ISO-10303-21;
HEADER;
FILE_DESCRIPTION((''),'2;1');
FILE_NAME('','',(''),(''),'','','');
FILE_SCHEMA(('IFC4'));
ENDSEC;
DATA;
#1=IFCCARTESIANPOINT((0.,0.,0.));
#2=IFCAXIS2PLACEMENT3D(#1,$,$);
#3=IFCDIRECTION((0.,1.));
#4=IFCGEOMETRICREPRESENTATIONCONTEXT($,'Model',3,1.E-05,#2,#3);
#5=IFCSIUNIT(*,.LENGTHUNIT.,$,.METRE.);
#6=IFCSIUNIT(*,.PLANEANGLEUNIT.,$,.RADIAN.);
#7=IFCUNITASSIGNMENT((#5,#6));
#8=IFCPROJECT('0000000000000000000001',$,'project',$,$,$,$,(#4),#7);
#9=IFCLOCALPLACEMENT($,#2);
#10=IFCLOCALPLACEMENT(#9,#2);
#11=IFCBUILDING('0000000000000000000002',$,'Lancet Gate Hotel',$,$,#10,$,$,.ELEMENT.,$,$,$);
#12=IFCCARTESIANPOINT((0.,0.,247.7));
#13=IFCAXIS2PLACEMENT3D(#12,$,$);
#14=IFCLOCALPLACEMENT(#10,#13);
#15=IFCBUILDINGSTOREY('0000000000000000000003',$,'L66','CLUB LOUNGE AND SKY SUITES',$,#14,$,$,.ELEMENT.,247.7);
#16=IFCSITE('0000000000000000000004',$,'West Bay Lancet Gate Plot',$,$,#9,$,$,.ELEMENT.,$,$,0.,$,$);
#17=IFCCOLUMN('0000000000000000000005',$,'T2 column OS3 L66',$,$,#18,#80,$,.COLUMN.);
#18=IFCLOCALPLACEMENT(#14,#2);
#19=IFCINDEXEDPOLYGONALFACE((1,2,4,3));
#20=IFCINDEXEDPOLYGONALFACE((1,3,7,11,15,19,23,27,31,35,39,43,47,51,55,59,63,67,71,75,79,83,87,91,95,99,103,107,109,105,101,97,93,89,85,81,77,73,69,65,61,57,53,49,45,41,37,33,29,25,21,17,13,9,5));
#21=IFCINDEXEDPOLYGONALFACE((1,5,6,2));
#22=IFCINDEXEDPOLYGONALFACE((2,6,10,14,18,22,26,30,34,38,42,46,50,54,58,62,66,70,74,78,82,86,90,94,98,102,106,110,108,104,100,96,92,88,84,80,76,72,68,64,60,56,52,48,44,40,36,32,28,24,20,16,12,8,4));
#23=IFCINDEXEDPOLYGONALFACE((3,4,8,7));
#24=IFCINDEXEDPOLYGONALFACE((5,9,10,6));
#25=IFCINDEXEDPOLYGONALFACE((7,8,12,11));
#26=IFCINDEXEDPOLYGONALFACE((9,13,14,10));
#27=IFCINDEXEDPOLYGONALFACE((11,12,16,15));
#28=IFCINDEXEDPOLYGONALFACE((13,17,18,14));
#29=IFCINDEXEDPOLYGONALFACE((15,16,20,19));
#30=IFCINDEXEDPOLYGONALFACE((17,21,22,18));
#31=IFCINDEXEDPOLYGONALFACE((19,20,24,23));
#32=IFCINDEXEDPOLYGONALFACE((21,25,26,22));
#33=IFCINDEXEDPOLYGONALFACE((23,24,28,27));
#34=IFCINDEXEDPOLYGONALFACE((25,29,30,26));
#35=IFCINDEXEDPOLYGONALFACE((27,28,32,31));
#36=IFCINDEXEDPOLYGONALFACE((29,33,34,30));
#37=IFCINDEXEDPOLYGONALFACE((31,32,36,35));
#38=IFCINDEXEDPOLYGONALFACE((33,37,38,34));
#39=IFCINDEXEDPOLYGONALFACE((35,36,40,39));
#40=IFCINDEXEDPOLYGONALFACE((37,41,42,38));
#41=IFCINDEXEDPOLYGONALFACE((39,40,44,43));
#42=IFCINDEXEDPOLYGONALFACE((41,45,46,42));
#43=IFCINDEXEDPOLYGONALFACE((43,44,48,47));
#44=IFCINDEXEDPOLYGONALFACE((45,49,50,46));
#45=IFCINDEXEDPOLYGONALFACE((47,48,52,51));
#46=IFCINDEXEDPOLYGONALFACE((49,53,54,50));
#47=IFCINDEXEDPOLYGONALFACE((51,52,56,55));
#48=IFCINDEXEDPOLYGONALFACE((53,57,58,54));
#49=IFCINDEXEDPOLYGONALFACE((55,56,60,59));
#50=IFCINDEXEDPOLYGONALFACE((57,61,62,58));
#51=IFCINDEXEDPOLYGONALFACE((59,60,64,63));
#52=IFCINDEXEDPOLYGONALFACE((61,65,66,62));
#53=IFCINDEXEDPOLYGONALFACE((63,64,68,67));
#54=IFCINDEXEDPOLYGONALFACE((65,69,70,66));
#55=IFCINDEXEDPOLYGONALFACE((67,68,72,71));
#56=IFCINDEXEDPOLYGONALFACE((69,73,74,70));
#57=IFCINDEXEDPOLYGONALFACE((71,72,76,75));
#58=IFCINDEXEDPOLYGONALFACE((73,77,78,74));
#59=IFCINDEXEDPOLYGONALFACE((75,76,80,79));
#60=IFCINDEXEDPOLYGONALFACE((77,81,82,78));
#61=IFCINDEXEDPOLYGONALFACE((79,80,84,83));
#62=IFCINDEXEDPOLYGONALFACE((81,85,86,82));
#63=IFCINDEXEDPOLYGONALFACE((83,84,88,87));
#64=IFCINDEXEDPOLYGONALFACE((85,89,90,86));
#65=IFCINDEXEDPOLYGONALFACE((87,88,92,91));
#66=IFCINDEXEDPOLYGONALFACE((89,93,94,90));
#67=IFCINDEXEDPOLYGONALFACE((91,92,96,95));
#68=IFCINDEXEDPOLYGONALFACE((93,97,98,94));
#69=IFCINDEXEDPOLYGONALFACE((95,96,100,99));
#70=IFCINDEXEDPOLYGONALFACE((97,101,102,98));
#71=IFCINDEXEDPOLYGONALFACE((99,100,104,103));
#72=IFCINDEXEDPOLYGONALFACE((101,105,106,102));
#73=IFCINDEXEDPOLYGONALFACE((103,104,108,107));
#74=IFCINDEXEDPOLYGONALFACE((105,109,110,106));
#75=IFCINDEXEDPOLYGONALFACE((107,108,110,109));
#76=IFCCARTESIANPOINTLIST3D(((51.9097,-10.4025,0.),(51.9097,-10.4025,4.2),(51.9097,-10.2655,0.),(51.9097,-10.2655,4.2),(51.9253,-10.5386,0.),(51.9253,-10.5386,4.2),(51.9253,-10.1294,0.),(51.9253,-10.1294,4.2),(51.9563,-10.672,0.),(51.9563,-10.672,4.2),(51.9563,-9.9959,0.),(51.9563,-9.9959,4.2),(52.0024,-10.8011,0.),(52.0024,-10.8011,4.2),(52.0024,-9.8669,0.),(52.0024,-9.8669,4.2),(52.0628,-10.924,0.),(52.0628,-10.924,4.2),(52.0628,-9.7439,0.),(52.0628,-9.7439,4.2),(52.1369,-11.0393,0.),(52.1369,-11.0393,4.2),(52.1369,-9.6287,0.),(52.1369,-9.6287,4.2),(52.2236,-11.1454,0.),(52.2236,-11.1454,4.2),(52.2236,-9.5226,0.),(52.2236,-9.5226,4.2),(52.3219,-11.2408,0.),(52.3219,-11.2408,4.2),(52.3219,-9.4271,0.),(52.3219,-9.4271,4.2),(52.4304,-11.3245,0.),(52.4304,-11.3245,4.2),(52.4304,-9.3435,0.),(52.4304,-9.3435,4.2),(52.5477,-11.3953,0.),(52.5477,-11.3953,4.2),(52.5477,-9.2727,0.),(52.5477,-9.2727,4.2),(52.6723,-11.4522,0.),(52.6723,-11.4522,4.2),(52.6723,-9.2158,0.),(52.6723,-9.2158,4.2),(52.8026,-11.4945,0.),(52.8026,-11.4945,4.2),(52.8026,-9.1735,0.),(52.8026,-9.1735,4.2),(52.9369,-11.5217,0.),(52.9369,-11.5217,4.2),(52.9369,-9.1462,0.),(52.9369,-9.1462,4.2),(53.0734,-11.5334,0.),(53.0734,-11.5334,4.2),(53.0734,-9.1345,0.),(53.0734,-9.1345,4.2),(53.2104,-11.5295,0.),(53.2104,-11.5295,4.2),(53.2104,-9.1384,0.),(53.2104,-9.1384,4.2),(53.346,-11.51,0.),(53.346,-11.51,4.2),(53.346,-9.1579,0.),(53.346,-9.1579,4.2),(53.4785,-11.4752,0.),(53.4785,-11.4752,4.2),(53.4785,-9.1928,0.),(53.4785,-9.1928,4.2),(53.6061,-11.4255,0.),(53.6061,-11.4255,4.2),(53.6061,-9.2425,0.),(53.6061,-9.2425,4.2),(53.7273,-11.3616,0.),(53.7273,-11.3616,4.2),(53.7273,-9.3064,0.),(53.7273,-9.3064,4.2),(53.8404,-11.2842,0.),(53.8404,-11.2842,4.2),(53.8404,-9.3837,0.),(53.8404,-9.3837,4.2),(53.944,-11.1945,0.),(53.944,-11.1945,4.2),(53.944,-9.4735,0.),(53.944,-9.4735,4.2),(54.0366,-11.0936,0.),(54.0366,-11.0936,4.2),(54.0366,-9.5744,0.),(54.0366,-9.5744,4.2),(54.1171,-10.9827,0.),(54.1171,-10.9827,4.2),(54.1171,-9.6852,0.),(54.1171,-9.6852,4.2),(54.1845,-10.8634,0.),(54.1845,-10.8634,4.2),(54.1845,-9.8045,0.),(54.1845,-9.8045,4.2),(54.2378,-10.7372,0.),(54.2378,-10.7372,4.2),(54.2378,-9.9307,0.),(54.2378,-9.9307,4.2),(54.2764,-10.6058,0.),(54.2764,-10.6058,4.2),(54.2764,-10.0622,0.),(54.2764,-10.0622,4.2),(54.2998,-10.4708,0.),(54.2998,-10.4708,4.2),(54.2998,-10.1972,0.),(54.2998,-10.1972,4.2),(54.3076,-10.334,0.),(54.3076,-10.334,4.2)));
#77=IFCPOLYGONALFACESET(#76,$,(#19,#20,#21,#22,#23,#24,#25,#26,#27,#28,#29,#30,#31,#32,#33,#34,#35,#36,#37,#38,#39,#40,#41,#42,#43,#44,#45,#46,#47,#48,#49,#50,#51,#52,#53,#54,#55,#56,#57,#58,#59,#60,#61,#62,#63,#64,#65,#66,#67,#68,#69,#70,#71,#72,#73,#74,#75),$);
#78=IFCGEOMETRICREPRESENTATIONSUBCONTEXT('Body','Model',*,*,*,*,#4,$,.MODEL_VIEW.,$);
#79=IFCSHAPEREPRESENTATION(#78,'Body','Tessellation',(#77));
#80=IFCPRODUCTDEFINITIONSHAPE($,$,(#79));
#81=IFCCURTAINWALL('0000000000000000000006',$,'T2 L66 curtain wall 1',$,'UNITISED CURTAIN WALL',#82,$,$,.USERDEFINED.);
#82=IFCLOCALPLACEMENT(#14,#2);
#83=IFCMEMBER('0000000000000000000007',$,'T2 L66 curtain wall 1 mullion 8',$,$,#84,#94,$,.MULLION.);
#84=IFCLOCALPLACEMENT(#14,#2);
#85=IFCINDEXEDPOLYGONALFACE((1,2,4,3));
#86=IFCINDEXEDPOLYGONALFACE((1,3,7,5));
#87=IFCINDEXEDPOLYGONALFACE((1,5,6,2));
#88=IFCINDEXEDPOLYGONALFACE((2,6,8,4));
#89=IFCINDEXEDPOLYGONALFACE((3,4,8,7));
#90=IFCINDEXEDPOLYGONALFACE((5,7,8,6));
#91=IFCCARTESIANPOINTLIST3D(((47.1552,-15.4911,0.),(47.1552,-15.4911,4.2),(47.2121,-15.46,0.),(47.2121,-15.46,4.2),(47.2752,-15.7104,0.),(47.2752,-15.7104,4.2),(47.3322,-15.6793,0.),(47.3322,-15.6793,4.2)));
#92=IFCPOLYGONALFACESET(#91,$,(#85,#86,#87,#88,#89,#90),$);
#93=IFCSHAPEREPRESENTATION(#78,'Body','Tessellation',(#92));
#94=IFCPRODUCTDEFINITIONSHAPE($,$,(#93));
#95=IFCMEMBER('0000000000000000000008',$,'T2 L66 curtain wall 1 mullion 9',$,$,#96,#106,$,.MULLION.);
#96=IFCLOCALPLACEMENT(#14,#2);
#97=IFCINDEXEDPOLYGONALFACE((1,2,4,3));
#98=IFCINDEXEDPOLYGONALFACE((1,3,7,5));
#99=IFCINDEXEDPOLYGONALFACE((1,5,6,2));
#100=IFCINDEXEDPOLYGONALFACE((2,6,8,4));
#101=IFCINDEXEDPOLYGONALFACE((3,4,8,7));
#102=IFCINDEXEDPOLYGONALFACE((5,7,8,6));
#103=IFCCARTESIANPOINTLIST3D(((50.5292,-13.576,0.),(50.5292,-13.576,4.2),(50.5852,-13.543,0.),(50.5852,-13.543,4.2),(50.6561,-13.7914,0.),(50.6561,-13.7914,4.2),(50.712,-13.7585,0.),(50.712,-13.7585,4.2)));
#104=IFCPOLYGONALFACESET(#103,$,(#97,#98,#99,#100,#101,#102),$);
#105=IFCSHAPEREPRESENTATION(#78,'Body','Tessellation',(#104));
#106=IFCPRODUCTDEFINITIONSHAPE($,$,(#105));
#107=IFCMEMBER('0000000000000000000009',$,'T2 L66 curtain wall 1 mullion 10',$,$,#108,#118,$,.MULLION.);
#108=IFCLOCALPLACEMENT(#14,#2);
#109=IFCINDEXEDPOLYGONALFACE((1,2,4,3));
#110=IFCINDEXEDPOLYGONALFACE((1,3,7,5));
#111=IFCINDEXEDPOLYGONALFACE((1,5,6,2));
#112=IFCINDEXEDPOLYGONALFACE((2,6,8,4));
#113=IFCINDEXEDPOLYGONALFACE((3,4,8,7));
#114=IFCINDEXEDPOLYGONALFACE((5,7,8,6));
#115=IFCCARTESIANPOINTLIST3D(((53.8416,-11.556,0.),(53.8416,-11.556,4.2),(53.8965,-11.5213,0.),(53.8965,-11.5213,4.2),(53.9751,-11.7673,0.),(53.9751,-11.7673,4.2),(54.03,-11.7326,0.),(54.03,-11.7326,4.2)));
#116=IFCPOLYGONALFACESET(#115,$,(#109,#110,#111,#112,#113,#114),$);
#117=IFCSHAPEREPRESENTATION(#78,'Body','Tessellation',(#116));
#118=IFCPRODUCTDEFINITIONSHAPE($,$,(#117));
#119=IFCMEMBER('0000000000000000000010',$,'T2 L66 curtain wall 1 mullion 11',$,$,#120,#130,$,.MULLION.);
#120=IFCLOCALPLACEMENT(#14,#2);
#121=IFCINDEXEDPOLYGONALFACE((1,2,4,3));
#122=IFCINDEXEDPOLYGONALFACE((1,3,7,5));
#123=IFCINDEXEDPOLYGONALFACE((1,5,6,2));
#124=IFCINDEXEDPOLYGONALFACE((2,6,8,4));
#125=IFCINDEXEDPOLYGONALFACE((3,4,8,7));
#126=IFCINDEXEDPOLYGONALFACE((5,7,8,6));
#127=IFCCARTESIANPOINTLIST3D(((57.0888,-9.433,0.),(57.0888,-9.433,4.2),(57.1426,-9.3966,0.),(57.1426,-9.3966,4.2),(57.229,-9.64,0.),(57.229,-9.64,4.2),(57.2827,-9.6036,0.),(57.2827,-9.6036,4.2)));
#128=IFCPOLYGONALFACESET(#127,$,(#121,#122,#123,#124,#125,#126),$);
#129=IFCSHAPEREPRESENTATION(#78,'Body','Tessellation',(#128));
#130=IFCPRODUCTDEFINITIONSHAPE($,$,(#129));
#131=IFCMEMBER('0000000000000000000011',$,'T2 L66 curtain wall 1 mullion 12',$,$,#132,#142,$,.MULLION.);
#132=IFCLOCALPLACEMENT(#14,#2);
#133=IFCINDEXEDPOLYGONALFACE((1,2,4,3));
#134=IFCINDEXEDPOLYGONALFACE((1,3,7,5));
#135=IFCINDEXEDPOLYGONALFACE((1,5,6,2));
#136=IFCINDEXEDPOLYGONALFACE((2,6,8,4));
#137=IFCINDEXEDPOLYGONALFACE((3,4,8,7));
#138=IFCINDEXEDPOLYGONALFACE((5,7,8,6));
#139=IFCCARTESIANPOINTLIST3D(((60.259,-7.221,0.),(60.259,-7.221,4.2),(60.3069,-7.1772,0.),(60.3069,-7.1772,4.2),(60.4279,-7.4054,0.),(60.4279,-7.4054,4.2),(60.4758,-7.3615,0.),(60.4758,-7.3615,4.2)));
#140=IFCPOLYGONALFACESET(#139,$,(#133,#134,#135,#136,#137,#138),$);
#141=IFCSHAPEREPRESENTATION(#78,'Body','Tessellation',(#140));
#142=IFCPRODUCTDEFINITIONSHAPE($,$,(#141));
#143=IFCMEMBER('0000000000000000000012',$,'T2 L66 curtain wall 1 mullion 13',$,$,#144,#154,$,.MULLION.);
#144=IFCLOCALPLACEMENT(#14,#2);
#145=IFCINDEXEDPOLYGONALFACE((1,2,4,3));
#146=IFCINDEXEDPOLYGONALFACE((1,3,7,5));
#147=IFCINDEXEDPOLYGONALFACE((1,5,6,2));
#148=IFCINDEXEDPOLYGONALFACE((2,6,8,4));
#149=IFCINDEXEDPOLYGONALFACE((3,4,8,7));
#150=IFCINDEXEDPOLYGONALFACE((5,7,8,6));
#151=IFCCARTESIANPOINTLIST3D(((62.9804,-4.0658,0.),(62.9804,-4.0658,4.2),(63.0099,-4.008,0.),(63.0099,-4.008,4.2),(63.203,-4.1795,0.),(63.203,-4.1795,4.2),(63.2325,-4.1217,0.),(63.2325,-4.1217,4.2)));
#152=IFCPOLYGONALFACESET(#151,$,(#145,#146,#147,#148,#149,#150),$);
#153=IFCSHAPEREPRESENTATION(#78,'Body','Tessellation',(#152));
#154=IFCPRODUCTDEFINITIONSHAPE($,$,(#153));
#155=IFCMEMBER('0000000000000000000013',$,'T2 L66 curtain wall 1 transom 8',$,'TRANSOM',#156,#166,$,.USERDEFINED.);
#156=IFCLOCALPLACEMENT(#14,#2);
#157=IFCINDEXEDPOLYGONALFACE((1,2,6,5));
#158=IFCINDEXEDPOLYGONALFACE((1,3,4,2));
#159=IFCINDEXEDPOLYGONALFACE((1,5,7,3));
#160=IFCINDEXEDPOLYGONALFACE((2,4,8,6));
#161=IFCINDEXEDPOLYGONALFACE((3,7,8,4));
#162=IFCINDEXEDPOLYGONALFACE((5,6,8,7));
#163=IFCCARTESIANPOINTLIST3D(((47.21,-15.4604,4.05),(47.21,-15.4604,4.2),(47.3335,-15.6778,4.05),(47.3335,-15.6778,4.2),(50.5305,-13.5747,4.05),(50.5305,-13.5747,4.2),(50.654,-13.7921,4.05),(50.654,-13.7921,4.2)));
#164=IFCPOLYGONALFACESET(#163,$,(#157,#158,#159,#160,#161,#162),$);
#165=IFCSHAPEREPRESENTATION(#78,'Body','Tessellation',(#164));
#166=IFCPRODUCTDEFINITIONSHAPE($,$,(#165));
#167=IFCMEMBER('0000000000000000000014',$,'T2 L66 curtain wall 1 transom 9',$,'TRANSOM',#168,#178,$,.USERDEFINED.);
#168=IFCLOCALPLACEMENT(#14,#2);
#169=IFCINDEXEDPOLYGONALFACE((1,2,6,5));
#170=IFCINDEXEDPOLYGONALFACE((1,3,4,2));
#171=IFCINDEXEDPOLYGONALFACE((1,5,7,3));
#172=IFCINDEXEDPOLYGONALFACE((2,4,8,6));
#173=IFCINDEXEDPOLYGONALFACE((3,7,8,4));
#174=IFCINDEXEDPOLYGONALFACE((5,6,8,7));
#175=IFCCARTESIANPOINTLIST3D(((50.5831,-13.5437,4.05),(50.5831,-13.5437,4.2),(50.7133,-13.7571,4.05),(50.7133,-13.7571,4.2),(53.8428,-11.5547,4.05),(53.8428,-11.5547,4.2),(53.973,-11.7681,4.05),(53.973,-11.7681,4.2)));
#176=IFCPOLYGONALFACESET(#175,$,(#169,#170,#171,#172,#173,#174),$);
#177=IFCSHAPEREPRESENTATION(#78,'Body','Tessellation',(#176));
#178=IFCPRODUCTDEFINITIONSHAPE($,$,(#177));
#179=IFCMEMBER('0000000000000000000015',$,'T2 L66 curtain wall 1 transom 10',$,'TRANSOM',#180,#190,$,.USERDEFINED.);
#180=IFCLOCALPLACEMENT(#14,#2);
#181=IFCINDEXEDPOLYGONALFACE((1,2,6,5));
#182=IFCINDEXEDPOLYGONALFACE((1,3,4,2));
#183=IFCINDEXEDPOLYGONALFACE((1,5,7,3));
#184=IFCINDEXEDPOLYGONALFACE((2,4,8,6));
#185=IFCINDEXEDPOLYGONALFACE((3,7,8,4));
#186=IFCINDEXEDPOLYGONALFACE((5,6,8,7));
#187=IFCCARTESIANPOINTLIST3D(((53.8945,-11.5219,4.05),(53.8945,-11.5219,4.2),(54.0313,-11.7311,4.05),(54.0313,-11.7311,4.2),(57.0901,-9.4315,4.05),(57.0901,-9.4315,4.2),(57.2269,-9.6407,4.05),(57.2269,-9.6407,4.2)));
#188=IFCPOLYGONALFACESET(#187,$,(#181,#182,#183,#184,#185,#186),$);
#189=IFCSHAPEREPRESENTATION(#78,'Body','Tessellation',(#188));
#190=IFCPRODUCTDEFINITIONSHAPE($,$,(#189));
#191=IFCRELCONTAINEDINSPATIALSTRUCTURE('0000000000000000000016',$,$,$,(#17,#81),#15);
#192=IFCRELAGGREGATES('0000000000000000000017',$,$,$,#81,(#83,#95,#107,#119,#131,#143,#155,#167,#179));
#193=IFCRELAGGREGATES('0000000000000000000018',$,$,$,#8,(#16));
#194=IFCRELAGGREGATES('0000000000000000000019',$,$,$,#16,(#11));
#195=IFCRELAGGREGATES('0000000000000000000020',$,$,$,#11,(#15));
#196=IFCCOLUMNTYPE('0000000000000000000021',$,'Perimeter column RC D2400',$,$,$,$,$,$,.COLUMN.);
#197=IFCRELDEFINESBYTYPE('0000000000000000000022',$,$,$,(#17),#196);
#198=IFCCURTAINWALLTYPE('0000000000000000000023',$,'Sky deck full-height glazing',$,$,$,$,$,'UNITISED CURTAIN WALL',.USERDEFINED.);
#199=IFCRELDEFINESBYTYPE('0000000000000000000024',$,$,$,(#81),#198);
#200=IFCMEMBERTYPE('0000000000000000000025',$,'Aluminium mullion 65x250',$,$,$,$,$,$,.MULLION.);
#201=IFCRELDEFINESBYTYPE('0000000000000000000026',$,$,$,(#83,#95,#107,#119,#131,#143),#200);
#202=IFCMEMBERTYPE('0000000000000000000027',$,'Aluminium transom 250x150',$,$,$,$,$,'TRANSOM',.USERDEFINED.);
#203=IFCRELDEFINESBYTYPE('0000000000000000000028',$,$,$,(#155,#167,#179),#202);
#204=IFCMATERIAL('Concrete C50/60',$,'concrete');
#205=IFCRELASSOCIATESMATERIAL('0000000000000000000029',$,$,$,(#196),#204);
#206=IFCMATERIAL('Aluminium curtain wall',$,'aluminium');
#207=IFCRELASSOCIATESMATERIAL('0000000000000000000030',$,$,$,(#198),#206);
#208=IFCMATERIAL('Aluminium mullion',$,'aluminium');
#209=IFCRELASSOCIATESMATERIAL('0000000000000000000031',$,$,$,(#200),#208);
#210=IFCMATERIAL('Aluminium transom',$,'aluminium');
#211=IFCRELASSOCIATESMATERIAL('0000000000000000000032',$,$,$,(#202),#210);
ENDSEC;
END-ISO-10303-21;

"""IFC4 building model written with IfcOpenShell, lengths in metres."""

from ifc_helpers import new_model, si_unit, direction, frame, origin, origin_2d, place, context, subcontext, project, spatial, rectangle, circle, extrude, material, material_profile, profile_set, type_object, element, aggregate, save


model = new_model("IFC4")

# Units and contexts
model_context = context("Model", 3, precision=1e-05, world=origin(), true_north=direction((0.0, 1.0)))
body_context = subcontext(model_context, "Body", "Model", "MODEL_VIEW")
ifc_project = project(units=[si_unit("LENGTHUNIT", "METRE"), si_unit("PLANEANGLEUNIT", "RADIAN")], contexts=[model_context])

# Site, building, storey
site_placement = place(None, origin())
site = spatial("IfcSite", under=ifc_project, at=site_placement, Name="West Bay Lancet Gate Plot", CompositionType="ELEMENT", RefElevation=0.0)
building_placement = place(site_placement, origin())
building = spatial("IfcBuilding", under=site, at=building_placement, Name="Lancet Gate Hotel", CompositionType="ELEMENT")
storey_placement = place(building_placement, frame((0.0, 0.0, 247.7)))
storey = spatial("IfcBuildingStorey", under=building, at=storey_placement, Name="L66", Description="CLUB LOUNGE AND SKY SUITES", CompositionType="ELEMENT", Elevation=247.7)

# Column
ifc_material_1 = material(Name="Concrete C50/60", Category="concrete")
ifc_material_profile_1 = material_profile(ifc_material_1, circle(Radius=1.2, at=origin_2d()), Name="RC D2400")
ifc_profile_set_1 = profile_set([ifc_material_profile_1], Name="Concrete C50/60")
column_type = type_object("IfcColumnType", Name="Perimeter column RC D2400", PredefinedType="COLUMN", material=ifc_profile_set_1)
for number, where, z_axis, x_axis, name in (
    (1, (53.1077, -10.334, 0.0), (0.0, 0.0, 1.0), (1.0, 0.0, 0.0), "T2 column OS3 L66"),
):
    element("IfcColumn", number, at=place(storey_placement, frame(where, z_axis=z_axis, x_axis=x_axis)), inside=storey, type_object=column_type, Name=name, PredefinedType="COLUMN", context=body_context, shape_type="SweptSolid", body=[
        extrude(circle(Radius=1.2, at=origin_2d()), origin(), (0.0, 0.0, 1.0), 4.2),
    ])

# Curtain wall, members
ifc_material_2 = material(Name="Aluminium curtain wall", Category="aluminium")
curtain_wall_type = type_object("IfcCurtainWallType", Name="Sky deck full-height glazing", ElementType="UNITISED CURTAIN WALL", PredefinedType="USERDEFINED", material=ifc_material_2)
curtain_wall_placement = place(storey_placement, origin())
curtain_wall = element("IfcCurtainWall", 2, at=curtain_wall_placement, inside=storey, type_object=curtain_wall_type, Name="T2 L66 curtain wall 1", ObjectType="UNITISED CURTAIN WALL", PredefinedType="USERDEFINED")
ifc_material_3 = material(Name="Aluminium mullion", Category="aluminium")
ifc_material_profile_2 = material_profile(ifc_material_3, rectangle(XDim=0.0649, YDim=0.25, at=origin_2d()), Name="MULLION 65x250")
ifc_profile_set_2 = profile_set([ifc_material_profile_2], Name="Aluminium mullion")
member_type_1 = type_object("IfcMemberType", Name="Aluminium mullion 65x250", PredefinedType="MULLION", material=ifc_profile_set_2)
member_1_placement = place(storey_placement, frame((47.2437, -15.5852, 0.0), z_axis=(0.0, 0.0, 1.0), x_axis=(0.877195, 0.480135, 0.0)))
member_1 = element("IfcMember", 3, at=member_1_placement, type_object=member_type_1, Name="T2 L66 curtain wall 1 mullion 8", PredefinedType="MULLION", context=body_context, shape_type="SweptSolid", body=[
    extrude(rectangle(XDim=0.0649, YDim=0.25, at=origin_2d()), origin(), (0.0, 0.0, 1.0), 4.2),
])
member_2_placement = place(storey_placement, frame((50.6206, -13.6672, 0.0), z_axis=(0.0, 0.0, 1.0), x_axis=(0.861692, 0.507432, 0.0)))
member_2 = element("IfcMember", 4, at=member_2_placement, type_object=member_type_1, Name="T2 L66 curtain wall 1 mullion 9", PredefinedType="MULLION", context=body_context, shape_type="SweptSolid", body=[
    extrude(rectangle(XDim=0.0649, YDim=0.25, at=origin_2d()), origin(), (0.0, 0.0, 1.0), 4.2),
])
member_3_placement = place(storey_placement, frame((53.9358, -11.6443, 0.0), z_axis=(0.0, 0.0, 1.0), x_axis=(0.84534, 0.534229, 0.0)))
member_3 = element("IfcMember", 5, at=member_3_placement, type_object=member_type_1, Name="T2 L66 curtain wall 1 mullion 10", PredefinedType="MULLION", context=body_context, shape_type="SweptSolid", body=[
    extrude(rectangle(XDim=0.0649, YDim=0.25, at=origin_2d()), origin(), (0.0, 0.0, 1.0), 4.2),
])
member_4_placement = place(storey_placement, frame((57.1858, -9.5183, 0.0), z_axis=(0.0, 0.0, 1.0), x_axis=(0.828155, 0.5605, 0.0)))
member_4 = element("IfcMember", 6, at=member_4_placement, type_object=member_type_1, Name="T2 L66 curtain wall 1 mullion 11", PredefinedType="MULLION", context=body_context, shape_type="SweptSolid", body=[
    extrude(rectangle(XDim=0.0649, YDim=0.25, at=origin_2d()), origin(), (0.0, 0.0, 1.0), 4.2),
])
member_5_placement = place(storey_placement, frame((60.3674, -7.2913, 0.0), z_axis=(0.0, 0.0, 1.0), x_axis=(0.737323, 0.67554, 0.0)))
member_5 = element("IfcMember", 7, at=member_5_placement, type_object=member_type_1, Name="T2 L66 curtain wall 1 mullion 12", PredefinedType="MULLION", context=body_context, shape_type="SweptSolid", body=[
    extrude(rectangle(XDim=0.0649, YDim=0.25, at=origin_2d()), origin(), (0.0, 0.0, 1.0), 4.2),
])
member_6_placement = place(storey_placement, frame((63.1064, -4.0938, 0.0), z_axis=(0.0, 0.0, 1.0), x_axis=(0.454853, 0.890567, 0.0)))
member_6 = element("IfcMember", 8, at=member_6_placement, type_object=member_type_1, Name="T2 L66 curtain wall 1 mullion 13", PredefinedType="MULLION", context=body_context, shape_type="SweptSolid", body=[
    extrude(rectangle(XDim=0.0649, YDim=0.25, at=origin_2d()), origin(), (0.0, 0.0, 1.0), 4.2),
])
ifc_material_4 = material(Name="Aluminium transom", Category="aluminium")
ifc_material_profile_3 = material_profile(ifc_material_4, rectangle(XDim=0.25, YDim=0.1499, at=origin_2d()), Name="TRANSOM 250x150")
ifc_profile_set_3 = profile_set([ifc_material_profile_3], Name="Aluminium transom")
member_type_2 = type_object("IfcMemberType", Name="Aluminium transom 250x150", ElementType="TRANSOM", PredefinedType="USERDEFINED", material=ifc_profile_set_3)
member_7_placement = place(storey_placement, frame((47.2717, -15.5691, 4.125), z_axis=(0.869562, 0.493824, 0.0), x_axis=(-0.493824, 0.869562, 0.0)))
member_7 = element("IfcMember", 9, at=member_7_placement, type_object=member_type_2, Name="T2 L66 curtain wall 1 transom 8", ObjectType="TRANSOM", PredefinedType="USERDEFINED", context=body_context, shape_type="SweptSolid", body=[
    extrude(rectangle(XDim=0.25, YDim=0.1499, at=origin_2d()), origin(), (0.0, 0.0, 1.0), 3.8186),
])
member_8_placement = place(storey_placement, frame((50.6482, -13.6504, 4.125), z_axis=(0.853639, 0.520865, 0.0), x_axis=(-0.520865, 0.853639, 0.0)))
member_8 = element("IfcMember", 10, at=member_8_placement, type_object=member_type_2, Name="T2 L66 curtain wall 1 transom 9", ObjectType="TRANSOM", PredefinedType="USERDEFINED", context=body_context, shape_type="SweptSolid", body=[
    extrude(rectangle(XDim=0.25, YDim=0.1499, at=origin_2d()), origin(), (0.0, 0.0, 1.0), 3.8186),
])
member_9_placement = place(storey_placement, frame((53.9629, -11.6265, 4.125), z_axis=(0.836858, 0.54742, 0.0), x_axis=(-0.54742, 0.836858, 0.0)))
member_9 = element("IfcMember", 11, at=member_9_placement, type_object=member_type_2, Name="T2 L66 curtain wall 1 transom 10", ObjectType="TRANSOM", PredefinedType="USERDEFINED", context=body_context, shape_type="SweptSolid", body=[
    extrude(rectangle(XDim=0.25, YDim=0.1499, at=origin_2d()), origin(), (0.0, 0.0, 1.0), 3.8186),
])

aggregate(curtain_wall, [member_1, member_2, member_3, member_4, member_5, member_6, member_7, member_8, member_9])

save(model, "model.ifc")
